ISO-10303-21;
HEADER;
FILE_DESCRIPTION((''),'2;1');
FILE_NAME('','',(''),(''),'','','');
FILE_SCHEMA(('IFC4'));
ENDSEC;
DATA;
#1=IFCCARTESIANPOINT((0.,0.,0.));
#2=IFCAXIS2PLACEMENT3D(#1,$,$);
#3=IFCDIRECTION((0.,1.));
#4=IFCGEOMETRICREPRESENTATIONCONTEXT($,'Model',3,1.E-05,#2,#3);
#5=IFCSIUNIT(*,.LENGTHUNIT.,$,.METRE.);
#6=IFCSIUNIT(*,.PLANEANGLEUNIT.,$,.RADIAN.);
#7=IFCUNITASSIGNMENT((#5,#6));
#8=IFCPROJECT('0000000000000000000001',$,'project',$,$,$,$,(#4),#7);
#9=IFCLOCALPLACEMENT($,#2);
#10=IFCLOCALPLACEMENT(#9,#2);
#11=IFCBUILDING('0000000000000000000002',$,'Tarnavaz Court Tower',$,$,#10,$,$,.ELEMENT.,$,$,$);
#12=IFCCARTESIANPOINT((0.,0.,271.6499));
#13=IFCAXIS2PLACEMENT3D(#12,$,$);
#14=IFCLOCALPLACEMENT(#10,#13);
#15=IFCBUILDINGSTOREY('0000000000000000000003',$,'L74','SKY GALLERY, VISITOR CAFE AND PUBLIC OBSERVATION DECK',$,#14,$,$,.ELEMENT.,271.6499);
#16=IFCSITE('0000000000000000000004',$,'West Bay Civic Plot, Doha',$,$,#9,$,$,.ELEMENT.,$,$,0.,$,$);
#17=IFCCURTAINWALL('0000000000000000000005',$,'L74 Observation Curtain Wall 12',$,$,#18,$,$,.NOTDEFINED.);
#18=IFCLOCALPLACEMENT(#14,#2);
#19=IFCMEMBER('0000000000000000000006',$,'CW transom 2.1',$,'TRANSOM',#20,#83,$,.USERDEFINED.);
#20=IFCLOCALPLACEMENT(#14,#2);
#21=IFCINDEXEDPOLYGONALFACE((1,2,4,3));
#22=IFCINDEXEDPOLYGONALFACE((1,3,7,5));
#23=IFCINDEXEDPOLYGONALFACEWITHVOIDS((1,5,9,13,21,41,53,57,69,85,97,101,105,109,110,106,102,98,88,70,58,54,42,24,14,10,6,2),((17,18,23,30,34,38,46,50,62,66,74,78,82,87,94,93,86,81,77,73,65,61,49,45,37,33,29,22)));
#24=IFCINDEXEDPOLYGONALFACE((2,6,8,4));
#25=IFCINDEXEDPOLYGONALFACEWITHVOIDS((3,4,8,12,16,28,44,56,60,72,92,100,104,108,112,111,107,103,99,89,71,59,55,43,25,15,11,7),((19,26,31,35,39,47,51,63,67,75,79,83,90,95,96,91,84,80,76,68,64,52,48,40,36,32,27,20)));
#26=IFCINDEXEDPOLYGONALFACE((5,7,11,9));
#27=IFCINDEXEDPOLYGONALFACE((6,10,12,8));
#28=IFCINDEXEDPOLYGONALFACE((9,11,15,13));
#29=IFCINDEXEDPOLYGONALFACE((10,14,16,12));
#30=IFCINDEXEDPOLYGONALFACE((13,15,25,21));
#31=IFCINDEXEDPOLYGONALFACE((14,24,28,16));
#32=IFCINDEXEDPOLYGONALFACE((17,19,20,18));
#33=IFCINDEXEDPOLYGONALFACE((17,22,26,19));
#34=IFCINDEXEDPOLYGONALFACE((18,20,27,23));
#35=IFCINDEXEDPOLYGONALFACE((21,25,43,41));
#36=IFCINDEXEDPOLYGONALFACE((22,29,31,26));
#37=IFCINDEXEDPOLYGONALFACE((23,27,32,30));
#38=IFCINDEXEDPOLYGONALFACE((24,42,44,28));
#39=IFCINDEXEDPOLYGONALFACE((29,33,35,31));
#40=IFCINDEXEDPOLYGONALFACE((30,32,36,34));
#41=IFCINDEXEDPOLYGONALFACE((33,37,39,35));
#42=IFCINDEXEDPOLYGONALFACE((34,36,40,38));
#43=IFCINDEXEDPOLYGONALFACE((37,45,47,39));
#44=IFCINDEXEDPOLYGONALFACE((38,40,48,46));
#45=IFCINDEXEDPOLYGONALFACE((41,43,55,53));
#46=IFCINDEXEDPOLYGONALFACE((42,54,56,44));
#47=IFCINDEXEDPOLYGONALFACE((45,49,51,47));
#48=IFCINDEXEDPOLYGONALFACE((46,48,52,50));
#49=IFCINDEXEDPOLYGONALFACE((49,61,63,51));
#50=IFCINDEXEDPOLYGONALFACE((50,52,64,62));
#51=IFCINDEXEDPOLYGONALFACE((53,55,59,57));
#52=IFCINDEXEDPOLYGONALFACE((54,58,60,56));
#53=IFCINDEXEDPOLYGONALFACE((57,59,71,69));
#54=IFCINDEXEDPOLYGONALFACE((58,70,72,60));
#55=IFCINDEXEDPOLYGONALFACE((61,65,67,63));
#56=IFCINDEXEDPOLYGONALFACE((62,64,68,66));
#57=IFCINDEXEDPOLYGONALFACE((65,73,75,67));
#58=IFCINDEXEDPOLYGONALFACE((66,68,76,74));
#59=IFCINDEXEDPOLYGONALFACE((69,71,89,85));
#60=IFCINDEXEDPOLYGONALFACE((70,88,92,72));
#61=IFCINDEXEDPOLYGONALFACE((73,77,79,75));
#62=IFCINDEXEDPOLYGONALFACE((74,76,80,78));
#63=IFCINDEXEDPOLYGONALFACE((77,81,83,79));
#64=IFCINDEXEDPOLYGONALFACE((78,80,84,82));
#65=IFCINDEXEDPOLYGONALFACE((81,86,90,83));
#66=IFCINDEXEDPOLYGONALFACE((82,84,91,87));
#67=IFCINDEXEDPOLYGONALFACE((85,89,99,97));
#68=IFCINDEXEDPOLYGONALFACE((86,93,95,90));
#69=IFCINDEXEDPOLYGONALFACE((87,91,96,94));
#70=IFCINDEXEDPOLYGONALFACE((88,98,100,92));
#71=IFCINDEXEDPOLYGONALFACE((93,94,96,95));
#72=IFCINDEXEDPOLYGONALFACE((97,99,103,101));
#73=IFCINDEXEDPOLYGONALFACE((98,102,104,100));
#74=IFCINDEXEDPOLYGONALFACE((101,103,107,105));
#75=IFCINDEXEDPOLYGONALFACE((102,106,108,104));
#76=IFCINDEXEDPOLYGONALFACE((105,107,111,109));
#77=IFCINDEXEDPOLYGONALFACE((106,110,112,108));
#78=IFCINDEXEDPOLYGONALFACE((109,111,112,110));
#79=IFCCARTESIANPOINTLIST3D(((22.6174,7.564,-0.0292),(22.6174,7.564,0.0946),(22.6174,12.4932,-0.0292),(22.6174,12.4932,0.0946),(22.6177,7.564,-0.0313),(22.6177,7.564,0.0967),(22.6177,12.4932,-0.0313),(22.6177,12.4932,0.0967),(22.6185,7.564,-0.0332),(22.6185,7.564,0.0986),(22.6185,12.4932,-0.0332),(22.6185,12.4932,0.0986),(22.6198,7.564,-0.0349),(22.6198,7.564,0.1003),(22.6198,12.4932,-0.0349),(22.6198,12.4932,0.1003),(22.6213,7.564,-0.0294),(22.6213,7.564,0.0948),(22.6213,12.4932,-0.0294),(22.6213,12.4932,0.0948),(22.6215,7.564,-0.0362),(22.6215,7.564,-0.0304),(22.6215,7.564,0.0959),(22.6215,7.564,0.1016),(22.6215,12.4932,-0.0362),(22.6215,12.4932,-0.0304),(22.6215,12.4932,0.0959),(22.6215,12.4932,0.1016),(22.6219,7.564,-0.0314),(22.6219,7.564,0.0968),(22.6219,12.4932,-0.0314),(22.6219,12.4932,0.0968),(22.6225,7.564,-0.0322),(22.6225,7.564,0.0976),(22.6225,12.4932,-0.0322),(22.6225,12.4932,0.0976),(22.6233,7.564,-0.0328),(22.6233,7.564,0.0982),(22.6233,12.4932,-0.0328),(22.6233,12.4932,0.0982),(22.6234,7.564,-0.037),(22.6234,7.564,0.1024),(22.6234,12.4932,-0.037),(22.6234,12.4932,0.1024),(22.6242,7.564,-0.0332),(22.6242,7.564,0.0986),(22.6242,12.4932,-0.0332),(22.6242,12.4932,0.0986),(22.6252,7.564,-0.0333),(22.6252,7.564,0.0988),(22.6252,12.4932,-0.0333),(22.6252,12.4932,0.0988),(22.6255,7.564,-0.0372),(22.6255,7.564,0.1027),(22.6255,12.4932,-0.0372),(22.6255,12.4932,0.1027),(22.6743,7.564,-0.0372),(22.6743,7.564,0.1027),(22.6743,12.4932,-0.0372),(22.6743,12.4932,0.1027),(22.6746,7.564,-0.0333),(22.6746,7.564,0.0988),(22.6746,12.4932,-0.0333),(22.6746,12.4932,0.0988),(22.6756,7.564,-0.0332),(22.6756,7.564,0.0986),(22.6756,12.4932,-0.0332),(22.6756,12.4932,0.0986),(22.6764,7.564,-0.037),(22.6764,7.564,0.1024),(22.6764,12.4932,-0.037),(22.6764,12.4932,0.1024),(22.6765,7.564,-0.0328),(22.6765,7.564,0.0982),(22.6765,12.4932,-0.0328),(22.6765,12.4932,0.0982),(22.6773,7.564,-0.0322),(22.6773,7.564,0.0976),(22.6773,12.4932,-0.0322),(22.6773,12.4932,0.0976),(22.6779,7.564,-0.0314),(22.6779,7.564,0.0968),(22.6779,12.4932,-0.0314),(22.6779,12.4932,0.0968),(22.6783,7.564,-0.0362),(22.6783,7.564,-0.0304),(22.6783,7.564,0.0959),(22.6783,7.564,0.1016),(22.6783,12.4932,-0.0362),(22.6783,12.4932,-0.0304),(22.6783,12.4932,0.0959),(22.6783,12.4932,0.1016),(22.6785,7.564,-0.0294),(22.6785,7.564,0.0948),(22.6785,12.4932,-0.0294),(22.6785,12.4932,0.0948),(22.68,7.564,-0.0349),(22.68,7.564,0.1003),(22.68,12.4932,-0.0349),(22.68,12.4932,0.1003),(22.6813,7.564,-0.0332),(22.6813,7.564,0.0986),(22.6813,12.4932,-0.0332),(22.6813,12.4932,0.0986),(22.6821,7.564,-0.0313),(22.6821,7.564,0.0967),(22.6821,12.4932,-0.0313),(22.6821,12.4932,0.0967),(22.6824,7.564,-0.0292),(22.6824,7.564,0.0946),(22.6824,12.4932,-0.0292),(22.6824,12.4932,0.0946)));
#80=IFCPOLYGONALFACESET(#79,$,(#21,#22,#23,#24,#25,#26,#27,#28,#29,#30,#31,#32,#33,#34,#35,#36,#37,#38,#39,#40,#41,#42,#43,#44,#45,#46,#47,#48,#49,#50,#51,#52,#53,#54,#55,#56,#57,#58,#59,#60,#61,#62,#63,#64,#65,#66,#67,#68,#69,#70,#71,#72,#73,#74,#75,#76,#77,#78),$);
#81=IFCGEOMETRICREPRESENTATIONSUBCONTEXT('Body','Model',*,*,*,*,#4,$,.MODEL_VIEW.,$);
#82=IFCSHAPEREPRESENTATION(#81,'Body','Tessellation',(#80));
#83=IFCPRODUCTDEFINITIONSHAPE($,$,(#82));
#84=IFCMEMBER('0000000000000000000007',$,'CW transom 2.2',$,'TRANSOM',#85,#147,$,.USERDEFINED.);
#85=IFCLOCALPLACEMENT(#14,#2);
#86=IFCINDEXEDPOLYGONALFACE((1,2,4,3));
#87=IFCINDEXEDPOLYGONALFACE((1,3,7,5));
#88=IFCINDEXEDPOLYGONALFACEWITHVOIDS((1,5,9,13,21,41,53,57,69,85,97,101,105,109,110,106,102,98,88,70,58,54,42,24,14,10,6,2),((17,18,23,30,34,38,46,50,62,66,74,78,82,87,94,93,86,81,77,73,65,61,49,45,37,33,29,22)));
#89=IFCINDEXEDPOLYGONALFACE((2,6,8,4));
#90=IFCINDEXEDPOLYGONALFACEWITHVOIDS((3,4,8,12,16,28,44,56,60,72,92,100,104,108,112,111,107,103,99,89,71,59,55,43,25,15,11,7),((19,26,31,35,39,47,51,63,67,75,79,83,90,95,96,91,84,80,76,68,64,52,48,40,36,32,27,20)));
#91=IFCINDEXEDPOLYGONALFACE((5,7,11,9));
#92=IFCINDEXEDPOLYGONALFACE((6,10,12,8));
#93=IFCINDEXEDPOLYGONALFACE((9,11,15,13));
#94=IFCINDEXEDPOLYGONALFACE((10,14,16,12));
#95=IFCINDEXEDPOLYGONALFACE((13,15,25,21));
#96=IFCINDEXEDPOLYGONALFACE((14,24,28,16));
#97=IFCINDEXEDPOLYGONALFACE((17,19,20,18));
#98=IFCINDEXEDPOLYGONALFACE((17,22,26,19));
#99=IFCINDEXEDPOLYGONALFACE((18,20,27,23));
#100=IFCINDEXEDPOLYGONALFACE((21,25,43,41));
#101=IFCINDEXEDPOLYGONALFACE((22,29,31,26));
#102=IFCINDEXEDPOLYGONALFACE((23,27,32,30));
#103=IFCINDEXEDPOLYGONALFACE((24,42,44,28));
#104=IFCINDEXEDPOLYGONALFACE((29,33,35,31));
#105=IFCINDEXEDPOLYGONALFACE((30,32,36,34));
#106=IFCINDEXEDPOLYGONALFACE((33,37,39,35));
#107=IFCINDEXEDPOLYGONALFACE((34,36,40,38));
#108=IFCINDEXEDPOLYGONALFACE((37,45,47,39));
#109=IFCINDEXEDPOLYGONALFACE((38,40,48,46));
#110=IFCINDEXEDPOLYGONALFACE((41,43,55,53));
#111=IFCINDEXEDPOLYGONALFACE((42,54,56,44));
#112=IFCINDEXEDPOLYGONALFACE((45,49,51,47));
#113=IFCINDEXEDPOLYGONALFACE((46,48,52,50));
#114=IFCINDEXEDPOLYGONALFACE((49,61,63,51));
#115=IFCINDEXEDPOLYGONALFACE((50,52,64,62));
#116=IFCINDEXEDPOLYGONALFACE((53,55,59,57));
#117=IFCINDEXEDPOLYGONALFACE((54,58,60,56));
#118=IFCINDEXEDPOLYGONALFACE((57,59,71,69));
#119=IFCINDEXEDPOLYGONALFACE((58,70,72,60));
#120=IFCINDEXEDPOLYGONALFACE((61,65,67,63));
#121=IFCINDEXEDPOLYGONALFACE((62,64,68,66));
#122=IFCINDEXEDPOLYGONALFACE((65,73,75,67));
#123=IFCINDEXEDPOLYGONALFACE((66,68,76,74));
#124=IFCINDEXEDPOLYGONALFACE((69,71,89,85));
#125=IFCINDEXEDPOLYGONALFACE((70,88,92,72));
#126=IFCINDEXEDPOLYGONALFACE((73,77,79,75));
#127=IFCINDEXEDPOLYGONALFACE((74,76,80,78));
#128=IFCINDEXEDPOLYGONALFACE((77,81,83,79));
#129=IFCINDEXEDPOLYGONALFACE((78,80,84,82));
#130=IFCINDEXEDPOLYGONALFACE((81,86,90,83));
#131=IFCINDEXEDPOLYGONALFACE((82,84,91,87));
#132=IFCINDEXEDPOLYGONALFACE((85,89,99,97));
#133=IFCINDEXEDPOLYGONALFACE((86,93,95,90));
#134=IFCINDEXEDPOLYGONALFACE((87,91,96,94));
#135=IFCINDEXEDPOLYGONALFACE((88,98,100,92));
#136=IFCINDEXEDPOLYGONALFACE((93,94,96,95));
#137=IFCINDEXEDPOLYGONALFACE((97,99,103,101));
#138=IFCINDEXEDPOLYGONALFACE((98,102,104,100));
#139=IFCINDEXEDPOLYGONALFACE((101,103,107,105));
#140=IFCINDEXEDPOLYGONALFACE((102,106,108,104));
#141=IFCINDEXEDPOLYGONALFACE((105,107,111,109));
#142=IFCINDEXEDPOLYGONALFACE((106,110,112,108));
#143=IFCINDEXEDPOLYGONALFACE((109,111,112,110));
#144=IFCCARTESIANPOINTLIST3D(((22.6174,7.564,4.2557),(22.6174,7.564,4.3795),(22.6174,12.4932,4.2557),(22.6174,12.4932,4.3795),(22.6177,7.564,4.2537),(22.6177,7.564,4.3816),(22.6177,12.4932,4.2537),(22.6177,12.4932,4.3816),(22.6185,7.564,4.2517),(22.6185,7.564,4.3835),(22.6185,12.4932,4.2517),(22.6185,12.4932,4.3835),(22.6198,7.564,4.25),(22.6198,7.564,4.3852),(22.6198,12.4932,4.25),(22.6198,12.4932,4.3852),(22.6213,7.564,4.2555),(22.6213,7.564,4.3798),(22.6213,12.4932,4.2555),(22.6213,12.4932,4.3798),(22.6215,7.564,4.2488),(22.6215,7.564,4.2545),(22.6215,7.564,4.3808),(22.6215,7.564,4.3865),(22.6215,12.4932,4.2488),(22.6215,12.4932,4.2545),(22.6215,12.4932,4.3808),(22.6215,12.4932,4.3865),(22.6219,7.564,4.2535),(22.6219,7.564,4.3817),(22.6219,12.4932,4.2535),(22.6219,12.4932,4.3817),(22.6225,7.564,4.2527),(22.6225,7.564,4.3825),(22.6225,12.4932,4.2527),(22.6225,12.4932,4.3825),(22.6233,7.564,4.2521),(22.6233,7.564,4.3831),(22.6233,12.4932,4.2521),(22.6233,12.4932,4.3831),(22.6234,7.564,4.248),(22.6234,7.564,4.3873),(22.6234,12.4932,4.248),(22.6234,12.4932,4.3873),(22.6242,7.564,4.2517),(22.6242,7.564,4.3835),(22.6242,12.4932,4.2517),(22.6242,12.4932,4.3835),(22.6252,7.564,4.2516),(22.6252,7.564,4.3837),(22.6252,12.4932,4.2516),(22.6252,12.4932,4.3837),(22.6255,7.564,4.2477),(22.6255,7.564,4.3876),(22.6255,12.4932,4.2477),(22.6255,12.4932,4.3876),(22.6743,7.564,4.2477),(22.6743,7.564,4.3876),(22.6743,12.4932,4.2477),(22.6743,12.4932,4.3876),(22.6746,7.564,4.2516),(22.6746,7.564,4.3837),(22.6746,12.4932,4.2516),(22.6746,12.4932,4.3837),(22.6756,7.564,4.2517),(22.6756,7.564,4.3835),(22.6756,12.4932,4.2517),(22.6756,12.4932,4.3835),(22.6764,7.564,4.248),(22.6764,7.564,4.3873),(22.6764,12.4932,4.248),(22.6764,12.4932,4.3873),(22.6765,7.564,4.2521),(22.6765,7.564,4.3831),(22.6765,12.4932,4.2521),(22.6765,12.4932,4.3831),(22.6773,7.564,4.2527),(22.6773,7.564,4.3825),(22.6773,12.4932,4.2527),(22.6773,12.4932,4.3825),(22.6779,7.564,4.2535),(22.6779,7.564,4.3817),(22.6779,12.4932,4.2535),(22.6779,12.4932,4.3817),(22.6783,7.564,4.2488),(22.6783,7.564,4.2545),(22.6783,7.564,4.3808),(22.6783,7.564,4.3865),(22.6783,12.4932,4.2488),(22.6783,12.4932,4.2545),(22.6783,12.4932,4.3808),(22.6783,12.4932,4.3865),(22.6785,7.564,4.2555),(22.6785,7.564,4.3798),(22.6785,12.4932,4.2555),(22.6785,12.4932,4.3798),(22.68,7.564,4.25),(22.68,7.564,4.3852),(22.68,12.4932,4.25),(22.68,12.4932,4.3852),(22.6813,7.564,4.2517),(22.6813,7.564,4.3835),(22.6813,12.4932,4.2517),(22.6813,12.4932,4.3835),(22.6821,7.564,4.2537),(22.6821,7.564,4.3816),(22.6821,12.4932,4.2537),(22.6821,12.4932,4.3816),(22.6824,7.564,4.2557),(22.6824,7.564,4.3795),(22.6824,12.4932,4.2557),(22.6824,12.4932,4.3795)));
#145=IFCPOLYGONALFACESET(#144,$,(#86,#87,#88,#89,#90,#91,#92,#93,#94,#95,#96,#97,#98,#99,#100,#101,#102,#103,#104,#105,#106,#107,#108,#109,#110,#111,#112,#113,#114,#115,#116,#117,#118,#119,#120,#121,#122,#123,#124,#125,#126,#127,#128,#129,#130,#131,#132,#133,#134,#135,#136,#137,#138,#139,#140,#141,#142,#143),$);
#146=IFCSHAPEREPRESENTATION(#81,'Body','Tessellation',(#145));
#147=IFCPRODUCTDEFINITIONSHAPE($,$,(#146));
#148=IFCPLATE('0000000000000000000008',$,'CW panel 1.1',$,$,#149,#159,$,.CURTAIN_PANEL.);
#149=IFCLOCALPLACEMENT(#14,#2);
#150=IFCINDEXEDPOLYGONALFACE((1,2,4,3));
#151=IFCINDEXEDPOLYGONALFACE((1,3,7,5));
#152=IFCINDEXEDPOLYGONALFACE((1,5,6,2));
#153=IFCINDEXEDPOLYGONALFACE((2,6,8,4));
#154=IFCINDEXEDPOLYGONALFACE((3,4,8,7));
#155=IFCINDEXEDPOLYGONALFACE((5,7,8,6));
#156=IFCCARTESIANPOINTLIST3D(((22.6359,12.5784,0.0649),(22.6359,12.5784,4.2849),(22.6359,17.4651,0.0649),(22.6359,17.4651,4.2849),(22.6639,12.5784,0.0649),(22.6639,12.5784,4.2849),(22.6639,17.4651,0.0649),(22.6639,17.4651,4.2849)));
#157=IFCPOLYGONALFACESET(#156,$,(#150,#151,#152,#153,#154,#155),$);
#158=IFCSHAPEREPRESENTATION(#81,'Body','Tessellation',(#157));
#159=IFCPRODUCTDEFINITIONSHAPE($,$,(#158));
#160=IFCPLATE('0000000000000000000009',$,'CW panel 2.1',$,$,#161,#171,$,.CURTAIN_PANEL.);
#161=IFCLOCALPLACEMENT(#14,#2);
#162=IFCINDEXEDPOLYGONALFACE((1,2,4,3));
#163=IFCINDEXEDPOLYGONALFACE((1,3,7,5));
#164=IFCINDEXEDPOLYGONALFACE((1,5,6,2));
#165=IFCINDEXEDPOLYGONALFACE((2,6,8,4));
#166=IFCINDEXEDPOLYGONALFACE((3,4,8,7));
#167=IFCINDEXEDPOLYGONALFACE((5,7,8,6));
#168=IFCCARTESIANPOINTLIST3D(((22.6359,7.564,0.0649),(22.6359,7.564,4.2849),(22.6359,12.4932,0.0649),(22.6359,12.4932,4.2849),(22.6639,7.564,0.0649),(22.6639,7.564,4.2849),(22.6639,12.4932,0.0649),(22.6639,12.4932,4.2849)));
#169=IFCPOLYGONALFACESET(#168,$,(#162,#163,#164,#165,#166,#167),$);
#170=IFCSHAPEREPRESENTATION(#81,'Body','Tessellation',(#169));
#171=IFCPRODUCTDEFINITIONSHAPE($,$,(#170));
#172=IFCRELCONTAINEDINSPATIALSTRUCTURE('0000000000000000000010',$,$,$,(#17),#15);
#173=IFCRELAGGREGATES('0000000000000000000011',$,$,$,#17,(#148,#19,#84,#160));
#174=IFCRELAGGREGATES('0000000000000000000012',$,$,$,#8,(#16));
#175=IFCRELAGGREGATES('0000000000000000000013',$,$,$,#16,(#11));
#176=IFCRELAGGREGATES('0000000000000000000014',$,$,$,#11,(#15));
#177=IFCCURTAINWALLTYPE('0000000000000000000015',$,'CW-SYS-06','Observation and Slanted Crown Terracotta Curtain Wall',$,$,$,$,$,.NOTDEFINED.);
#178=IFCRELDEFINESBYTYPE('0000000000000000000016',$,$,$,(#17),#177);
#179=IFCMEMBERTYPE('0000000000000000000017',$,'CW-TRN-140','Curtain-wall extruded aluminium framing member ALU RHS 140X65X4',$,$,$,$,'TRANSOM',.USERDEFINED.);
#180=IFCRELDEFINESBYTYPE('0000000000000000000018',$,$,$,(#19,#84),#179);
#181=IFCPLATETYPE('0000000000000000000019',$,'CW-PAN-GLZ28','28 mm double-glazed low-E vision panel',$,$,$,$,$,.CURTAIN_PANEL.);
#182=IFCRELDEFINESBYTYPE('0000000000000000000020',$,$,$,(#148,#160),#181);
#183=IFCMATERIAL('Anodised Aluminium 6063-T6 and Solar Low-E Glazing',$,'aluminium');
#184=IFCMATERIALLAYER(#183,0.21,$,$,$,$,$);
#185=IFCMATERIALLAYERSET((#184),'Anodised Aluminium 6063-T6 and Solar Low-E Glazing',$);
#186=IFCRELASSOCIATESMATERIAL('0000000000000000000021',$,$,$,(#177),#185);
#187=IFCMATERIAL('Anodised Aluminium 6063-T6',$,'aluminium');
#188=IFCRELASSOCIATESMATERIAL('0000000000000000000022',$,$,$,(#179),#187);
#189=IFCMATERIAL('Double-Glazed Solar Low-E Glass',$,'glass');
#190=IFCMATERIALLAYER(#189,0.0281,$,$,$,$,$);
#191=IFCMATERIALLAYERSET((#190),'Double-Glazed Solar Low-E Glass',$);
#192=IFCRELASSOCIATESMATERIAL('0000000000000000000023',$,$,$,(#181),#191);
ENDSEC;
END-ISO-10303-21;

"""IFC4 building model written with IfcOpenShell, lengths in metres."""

from ifc_helpers import new_model, si_unit, direction, frame, origin, origin_2d, place, context, subcontext, project, spatial, rectangle, hollow_rectangle, extrude, material, layer, layer_set, material_profile, profile_set, type_object, element, aggregate, save


model = new_model("IFC4")

# Units and contexts
model_context = context("Model", 3, precision=1e-05, world=origin(), true_north=direction((0.0, 1.0)))
body_context = subcontext(model_context, "Body", "Model", "MODEL_VIEW")
ifc_project = project(units=[si_unit("LENGTHUNIT", "METRE"), si_unit("PLANEANGLEUNIT", "RADIAN")], contexts=[model_context])

# Site, building, storey
site_placement = place(None, origin())
site = spatial("IfcSite", under=ifc_project, at=site_placement, Name="West Bay Civic Plot, Doha", CompositionType="ELEMENT", RefElevation=0.0)
building_placement = place(site_placement, origin())
building = spatial("IfcBuilding", under=site, at=building_placement, Name="Tarnavaz Court Tower", CompositionType="ELEMENT")
storey_placement = place(building_placement, frame((0.0, 0.0, 271.6499)))
storey = spatial("IfcBuildingStorey", under=building, at=storey_placement, Name="L74", Description="SKY GALLERY, VISITOR CAFE AND PUBLIC OBSERVATION DECK", CompositionType="ELEMENT", Elevation=271.6499)

# Curtain wall, members, plates
ifc_material_1 = material(Name="Anodised Aluminium 6063-T6 and Solar Low-E Glazing", Category="aluminium")
ifc_layer_1 = layer(ifc_material_1, 0.21)
ifc_layer_set_1 = layer_set([ifc_layer_1], Name="Anodised Aluminium 6063-T6 and Solar Low-E Glazing")
curtain_wall_type = type_object("IfcCurtainWallType", Name="CW-SYS-06", Description="Observation and Slanted Crown Terracotta Curtain Wall", PredefinedType="NOTDEFINED", material=ifc_layer_set_1)
curtain_wall_placement = place(storey_placement, origin())
curtain_wall = element("IfcCurtainWall", 1, at=curtain_wall_placement, inside=storey, type_object=curtain_wall_type, Name="L74 Observation Curtain Wall 12", PredefinedType="NOTDEFINED")
ifc_material_2 = material(Name="Anodised Aluminium 6063-T6", Category="aluminium")
ifc_material_profile_1 = material_profile(ifc_material_2, hollow_rectangle(XDim=0.0649, YDim=0.1399, WallThickness=0.0039, InnerFilletRadius=0.0039, OuterFilletRadius=0.0081, at=origin_2d()), Name="ALU RHS 140X65X4")
ifc_profile_set_1 = profile_set([ifc_material_profile_1], Name="Anodised Aluminium 6063-T6")
member_type_1 = type_object("IfcMemberType", Name="CW-TRN-140", Description="Curtain-wall extruded aluminium framing member ALU RHS 140X65X4", ElementType="TRANSOM", PredefinedType="USERDEFINED", material=ifc_profile_set_1)
member_1_placement = place(storey_placement, frame((22.6499, 12.4932, 0.0327), z_axis=(0.0, -1.0, 0.0), x_axis=(1.0, 0.0, 0.0)))
member_1 = element("IfcMember", 2, at=member_1_placement, type_object=member_type_1, Name="CW transom 2.1", ObjectType="TRANSOM", PredefinedType="USERDEFINED", context=body_context, shape_type="SweptSolid", body=[
    extrude(hollow_rectangle(XDim=0.0649, YDim=0.1399, WallThickness=0.0039, InnerFilletRadius=0.0039, OuterFilletRadius=0.0081, at=origin_2d()), origin(), (0.0, 0.0, 1.0), 4.9292),
])
member_2_placement = place(storey_placement, frame((22.6499, 12.4932, 4.3176), z_axis=(0.0, -1.0, 0.0), x_axis=(1.0, 0.0, 0.0)))
member_2 = element("IfcMember", 3, at=member_2_placement, type_object=member_type_1, Name="CW transom 2.2", ObjectType="TRANSOM", PredefinedType="USERDEFINED", context=body_context, shape_type="SweptSolid", body=[
    extrude(hollow_rectangle(XDim=0.0649, YDim=0.1399, WallThickness=0.0039, InnerFilletRadius=0.0039, OuterFilletRadius=0.0081, at=origin_2d()), origin(), (0.0, 0.0, 1.0), 4.9292),
])
ifc_material_3 = material(Name="Double-Glazed Solar Low-E Glass", Category="glass")
ifc_layer_2 = layer(ifc_material_3, 0.0281)
ifc_layer_set_2 = layer_set([ifc_layer_2], Name="Double-Glazed Solar Low-E Glass")
plate_type = type_object("IfcPlateType", Name="CW-PAN-GLZ28", Description="28 mm double-glazed low-E vision panel", PredefinedType="CURTAIN_PANEL", material=ifc_layer_set_2)
plate_1_placement = place(storey_placement, frame((22.6499, 15.0217, 0.0649), z_axis=(0.0, 0.0, 1.0), x_axis=(0.0, -1.0, 0.0)))
plate_1 = element("IfcPlate", 4, at=plate_1_placement, type_object=plate_type, Name="CW panel 1.1", PredefinedType="CURTAIN_PANEL", context=body_context, shape_type="SweptSolid", body=[
    extrude(rectangle(XDim=4.8867, YDim=0.0281, at=origin_2d()), origin(), (0.0, 0.0, 1.0), 4.22),
])
plate_2_placement = place(storey_placement, frame((22.6499, 10.0286, 0.0649), z_axis=(0.0, 0.0, 1.0), x_axis=(0.0, -1.0, 0.0)))
plate_2 = element("IfcPlate", 5, at=plate_2_placement, type_object=plate_type, Name="CW panel 2.1", PredefinedType="CURTAIN_PANEL", context=body_context, shape_type="SweptSolid", body=[
    extrude(rectangle(XDim=4.9292, YDim=0.0281, at=origin_2d()), origin(), (0.0, 0.0, 1.0), 4.22),
])
aggregate(curtain_wall, [plate_1, member_1, member_2, plate_2])

save(model, "model.ifc")
